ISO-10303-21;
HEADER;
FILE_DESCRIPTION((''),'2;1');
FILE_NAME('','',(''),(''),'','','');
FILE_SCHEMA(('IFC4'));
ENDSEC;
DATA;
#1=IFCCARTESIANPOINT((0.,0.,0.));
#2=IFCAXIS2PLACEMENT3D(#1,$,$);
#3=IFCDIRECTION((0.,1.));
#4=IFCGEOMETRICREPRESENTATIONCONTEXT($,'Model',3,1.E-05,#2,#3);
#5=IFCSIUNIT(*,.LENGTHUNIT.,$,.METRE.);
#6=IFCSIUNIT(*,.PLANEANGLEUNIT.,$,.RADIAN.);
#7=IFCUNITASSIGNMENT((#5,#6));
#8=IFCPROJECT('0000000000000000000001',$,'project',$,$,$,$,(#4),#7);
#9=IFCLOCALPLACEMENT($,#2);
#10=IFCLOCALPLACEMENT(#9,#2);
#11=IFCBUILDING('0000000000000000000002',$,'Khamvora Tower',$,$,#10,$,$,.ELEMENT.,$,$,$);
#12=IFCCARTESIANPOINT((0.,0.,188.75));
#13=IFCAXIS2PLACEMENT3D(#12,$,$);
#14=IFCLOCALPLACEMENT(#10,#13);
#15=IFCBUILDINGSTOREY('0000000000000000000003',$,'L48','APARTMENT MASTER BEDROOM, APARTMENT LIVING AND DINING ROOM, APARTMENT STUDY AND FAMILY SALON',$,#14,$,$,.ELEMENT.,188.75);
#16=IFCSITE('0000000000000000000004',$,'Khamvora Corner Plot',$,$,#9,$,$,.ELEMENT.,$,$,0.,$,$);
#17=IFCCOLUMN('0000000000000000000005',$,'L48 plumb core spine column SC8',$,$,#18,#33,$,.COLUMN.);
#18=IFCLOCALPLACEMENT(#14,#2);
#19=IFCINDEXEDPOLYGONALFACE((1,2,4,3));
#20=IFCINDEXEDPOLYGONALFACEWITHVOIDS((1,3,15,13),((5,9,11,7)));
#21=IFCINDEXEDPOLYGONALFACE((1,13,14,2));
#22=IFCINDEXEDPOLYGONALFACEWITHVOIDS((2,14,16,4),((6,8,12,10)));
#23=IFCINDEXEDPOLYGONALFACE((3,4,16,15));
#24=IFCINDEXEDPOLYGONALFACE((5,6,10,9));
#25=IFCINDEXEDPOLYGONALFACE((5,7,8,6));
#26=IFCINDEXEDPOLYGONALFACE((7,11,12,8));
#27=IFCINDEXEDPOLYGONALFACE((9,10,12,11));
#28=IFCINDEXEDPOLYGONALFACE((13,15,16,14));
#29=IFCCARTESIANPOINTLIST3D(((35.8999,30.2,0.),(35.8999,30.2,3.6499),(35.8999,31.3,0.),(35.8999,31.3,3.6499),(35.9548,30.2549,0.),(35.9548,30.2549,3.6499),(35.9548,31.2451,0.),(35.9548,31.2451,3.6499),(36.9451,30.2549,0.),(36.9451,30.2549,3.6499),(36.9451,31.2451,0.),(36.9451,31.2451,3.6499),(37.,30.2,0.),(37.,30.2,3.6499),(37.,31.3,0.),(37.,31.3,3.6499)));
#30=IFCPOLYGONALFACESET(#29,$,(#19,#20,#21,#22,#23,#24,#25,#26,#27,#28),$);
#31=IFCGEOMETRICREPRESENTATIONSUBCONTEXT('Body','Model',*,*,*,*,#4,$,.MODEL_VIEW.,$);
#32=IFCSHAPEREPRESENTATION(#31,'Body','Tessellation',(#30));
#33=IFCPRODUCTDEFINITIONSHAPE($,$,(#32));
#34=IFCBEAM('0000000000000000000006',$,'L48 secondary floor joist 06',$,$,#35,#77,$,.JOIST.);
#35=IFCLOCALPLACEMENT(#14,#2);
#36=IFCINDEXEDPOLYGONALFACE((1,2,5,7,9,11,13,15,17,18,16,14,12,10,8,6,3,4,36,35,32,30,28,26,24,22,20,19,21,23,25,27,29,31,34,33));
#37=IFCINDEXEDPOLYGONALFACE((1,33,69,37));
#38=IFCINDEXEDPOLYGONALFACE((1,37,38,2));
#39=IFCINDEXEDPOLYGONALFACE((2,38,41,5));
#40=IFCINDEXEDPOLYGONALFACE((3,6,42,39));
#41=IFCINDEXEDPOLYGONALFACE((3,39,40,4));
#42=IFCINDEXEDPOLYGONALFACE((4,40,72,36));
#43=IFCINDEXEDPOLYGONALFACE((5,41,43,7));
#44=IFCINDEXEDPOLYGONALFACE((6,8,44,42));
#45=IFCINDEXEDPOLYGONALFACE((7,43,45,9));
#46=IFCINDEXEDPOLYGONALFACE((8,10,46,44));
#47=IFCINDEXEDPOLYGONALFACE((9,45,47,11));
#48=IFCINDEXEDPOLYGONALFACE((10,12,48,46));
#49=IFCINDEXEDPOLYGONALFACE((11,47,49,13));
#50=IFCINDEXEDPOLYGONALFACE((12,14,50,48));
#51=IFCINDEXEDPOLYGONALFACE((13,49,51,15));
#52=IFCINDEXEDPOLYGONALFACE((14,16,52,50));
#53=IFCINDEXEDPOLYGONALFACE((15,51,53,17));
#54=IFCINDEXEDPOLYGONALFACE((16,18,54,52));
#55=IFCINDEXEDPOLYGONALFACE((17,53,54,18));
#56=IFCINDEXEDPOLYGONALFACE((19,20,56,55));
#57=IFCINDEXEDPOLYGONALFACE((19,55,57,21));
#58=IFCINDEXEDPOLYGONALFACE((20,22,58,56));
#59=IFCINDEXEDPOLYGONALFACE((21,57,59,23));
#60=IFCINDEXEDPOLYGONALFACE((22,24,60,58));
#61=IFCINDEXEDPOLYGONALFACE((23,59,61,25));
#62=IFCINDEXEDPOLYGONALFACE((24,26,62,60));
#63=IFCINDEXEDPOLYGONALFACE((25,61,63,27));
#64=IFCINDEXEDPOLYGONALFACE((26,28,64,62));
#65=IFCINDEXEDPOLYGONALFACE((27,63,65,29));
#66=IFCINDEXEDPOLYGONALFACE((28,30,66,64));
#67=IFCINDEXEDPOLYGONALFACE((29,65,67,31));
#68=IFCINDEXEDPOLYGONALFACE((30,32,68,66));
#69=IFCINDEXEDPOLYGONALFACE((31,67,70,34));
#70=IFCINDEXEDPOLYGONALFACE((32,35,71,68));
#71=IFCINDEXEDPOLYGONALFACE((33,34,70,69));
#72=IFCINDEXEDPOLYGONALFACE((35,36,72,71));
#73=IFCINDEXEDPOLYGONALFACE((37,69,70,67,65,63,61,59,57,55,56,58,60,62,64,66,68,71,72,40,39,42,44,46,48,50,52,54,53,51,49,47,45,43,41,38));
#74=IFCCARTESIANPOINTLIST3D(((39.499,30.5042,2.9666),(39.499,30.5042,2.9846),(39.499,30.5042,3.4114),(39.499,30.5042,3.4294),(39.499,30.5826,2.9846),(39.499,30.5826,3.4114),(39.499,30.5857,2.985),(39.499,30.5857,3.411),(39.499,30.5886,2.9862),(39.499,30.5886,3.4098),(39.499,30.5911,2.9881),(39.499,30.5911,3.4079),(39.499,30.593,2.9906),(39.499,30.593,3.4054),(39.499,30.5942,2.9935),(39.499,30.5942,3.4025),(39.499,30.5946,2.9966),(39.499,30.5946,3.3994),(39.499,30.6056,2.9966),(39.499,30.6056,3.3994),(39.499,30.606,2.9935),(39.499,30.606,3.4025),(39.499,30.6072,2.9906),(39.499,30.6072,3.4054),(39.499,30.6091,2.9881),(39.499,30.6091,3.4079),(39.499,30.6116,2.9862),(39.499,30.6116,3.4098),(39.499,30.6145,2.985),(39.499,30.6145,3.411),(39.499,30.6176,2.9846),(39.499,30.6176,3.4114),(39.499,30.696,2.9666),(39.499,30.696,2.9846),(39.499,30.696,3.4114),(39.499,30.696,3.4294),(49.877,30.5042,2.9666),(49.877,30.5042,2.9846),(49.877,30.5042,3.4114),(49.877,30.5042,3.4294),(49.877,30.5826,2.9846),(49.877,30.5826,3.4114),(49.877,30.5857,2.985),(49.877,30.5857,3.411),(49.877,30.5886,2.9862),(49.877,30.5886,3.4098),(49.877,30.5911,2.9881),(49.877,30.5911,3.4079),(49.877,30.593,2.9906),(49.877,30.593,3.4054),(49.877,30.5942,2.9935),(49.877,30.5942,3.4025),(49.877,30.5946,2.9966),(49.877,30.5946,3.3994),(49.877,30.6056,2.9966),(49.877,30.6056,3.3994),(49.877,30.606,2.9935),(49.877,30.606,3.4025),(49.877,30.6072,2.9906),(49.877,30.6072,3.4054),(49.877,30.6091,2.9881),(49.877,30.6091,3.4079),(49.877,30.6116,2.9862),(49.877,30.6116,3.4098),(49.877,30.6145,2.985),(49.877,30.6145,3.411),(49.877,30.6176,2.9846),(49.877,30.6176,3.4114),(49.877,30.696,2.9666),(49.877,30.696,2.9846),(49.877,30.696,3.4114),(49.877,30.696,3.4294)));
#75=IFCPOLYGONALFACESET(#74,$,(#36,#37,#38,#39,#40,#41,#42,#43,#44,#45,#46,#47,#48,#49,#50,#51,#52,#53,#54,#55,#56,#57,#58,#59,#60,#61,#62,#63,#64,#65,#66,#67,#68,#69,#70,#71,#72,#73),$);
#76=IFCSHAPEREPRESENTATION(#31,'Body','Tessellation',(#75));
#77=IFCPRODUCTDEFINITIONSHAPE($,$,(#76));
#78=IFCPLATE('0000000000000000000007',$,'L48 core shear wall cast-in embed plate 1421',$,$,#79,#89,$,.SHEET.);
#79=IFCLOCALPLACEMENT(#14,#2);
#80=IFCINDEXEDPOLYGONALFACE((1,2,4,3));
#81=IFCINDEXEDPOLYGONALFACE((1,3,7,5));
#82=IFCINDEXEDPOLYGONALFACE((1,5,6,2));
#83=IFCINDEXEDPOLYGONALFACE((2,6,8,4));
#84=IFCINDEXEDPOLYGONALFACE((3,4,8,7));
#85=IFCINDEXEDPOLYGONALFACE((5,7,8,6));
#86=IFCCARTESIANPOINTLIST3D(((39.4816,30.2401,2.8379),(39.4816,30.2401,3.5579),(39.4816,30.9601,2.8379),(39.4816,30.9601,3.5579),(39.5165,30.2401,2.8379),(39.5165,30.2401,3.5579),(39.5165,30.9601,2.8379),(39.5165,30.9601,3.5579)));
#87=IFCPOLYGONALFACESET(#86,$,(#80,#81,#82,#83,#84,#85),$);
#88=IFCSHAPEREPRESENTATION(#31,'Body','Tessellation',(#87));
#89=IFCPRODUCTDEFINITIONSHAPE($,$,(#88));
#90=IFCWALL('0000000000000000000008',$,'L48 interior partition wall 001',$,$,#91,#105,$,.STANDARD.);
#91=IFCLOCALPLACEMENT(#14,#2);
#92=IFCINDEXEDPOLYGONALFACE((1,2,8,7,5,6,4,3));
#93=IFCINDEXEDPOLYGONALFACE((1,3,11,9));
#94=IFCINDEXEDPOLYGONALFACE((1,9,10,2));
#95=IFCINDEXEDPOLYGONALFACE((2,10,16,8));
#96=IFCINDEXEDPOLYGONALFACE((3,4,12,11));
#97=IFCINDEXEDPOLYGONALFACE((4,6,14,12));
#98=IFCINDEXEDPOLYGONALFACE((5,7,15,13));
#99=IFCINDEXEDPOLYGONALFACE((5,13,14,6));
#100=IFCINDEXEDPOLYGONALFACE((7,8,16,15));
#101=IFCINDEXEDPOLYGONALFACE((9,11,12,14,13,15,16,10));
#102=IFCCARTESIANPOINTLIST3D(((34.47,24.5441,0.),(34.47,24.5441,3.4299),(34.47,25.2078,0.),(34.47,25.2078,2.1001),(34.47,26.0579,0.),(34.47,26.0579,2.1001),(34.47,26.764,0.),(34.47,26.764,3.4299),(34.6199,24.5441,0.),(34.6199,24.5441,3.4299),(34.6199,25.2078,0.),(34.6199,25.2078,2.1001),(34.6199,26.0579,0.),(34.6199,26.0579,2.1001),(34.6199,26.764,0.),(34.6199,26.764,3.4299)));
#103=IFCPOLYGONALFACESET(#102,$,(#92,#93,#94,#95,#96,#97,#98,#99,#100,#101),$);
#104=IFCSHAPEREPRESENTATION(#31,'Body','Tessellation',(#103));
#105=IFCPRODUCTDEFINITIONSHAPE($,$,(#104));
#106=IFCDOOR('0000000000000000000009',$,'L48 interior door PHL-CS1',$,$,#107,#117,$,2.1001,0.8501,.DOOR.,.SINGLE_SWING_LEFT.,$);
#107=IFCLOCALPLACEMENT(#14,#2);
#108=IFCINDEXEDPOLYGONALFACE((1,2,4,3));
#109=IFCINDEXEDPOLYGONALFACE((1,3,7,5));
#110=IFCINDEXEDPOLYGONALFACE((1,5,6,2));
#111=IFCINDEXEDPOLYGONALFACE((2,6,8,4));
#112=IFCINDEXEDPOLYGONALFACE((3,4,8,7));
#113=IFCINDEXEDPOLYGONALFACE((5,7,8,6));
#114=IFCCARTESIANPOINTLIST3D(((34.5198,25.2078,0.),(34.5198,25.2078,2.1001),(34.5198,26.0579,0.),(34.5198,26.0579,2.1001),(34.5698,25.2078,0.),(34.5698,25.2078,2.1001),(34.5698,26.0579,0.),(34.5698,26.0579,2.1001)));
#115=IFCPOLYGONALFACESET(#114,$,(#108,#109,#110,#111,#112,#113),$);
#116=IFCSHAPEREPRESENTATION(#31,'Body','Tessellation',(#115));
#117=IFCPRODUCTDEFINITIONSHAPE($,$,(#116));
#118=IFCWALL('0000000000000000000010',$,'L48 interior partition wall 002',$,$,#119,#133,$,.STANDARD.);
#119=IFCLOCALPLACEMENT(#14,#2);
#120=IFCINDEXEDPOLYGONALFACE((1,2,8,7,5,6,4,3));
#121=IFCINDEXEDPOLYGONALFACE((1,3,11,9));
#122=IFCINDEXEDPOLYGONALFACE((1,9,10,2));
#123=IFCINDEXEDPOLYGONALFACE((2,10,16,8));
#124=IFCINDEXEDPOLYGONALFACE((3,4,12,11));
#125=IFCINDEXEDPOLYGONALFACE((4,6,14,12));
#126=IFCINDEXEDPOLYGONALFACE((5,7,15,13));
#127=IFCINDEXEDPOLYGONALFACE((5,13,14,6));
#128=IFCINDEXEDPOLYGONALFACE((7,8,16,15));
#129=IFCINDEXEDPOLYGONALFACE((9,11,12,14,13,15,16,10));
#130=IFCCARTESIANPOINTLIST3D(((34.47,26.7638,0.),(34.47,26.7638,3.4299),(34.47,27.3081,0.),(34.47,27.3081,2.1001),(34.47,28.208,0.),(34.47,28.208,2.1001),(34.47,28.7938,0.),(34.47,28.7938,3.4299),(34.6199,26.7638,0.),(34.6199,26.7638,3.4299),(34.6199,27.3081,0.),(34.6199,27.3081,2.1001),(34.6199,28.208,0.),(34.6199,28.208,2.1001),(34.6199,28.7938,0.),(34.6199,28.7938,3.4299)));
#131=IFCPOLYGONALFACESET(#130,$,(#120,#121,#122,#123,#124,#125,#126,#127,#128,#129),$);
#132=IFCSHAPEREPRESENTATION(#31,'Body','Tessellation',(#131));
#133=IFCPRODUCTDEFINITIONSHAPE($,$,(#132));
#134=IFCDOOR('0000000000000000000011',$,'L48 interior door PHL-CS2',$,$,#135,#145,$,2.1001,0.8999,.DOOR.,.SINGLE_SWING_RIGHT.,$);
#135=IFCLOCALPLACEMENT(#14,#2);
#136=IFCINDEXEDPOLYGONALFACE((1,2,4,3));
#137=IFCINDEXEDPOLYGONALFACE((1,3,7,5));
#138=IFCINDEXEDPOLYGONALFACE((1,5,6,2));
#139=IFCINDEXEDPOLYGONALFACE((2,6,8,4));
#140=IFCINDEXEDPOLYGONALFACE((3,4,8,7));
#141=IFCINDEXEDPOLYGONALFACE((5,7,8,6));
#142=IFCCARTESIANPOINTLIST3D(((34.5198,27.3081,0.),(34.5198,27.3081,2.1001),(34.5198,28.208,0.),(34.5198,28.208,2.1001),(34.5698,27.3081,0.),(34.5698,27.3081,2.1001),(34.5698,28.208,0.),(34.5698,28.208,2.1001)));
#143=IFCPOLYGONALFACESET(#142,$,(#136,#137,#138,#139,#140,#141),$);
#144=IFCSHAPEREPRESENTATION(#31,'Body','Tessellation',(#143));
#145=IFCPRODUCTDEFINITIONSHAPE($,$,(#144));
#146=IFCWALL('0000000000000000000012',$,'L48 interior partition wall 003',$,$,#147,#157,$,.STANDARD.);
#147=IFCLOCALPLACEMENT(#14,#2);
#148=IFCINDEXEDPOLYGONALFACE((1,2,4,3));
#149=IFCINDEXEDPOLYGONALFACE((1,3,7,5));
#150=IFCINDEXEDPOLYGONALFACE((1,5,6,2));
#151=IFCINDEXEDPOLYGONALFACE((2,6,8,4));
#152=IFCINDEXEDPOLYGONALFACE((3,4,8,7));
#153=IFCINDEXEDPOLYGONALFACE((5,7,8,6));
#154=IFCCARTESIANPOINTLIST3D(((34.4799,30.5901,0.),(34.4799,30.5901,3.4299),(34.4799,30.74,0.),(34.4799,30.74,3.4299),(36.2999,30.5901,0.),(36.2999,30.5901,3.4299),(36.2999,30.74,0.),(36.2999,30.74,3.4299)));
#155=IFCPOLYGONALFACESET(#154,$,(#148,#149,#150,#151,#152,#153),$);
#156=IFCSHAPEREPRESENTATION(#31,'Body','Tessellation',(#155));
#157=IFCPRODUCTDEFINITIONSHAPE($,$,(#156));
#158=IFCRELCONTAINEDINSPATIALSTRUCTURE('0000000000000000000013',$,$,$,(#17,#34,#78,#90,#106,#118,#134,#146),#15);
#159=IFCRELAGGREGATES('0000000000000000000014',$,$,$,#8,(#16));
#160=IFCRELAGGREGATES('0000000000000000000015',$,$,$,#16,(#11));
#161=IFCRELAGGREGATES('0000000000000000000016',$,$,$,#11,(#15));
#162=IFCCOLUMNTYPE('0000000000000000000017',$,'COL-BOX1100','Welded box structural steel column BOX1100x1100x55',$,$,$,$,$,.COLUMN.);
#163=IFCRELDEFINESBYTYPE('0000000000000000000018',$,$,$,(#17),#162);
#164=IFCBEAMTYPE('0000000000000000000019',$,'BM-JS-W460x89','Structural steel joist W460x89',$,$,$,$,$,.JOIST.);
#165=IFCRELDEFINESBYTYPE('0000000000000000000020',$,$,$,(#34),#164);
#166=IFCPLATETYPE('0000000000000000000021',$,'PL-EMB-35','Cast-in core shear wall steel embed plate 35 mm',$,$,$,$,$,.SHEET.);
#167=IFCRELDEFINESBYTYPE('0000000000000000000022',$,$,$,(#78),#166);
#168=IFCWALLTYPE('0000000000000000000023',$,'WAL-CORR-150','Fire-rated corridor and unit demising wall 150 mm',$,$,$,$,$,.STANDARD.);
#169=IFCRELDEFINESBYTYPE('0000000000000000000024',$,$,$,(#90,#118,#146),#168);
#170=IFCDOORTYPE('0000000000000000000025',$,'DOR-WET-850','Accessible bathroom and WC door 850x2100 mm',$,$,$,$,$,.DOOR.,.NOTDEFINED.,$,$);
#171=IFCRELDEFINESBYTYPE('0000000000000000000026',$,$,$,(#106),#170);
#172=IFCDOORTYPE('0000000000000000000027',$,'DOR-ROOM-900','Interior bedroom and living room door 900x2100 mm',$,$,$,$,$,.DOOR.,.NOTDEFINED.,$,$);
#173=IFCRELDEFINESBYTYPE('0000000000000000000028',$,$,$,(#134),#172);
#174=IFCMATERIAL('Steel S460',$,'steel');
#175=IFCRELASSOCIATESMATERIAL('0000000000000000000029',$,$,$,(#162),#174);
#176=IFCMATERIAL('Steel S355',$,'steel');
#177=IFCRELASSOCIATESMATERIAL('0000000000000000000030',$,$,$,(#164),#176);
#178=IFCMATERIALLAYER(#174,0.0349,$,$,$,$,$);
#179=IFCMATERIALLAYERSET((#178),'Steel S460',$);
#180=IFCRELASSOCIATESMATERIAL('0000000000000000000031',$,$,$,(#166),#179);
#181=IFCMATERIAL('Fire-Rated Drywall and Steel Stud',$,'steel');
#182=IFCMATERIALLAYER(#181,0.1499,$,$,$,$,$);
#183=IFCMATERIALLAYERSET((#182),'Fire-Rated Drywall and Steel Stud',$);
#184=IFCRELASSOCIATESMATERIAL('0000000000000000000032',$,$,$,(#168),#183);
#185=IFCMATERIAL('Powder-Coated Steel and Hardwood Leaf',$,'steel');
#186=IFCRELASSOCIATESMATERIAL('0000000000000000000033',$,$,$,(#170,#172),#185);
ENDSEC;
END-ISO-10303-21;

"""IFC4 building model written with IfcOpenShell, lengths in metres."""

from ifc_helpers import new_model, si_unit, direction, frame, frame_2d, origin, origin_2d, place, context, subcontext, project, spatial, rectangle, hollow_rectangle, i_section, extrude, material, layer, layer_set, material_profile, profile_set, type_object, element, fill, save


model = new_model("IFC4")

# Units and contexts
model_context = context("Model", 3, precision=1e-05, world=origin(), true_north=direction((0.0, 1.0)))
body_context = subcontext(model_context, "Body", "Model", "MODEL_VIEW")
ifc_project = project(units=[si_unit("LENGTHUNIT", "METRE"), si_unit("PLANEANGLEUNIT", "RADIAN")], contexts=[model_context])

# Site, building, storey
site_placement = place(None, origin())
site = spatial("IfcSite", under=ifc_project, at=site_placement, Name="Khamvora Corner Plot", CompositionType="ELEMENT", RefElevation=0.0)
building_placement = place(site_placement, origin())
building = spatial("IfcBuilding", under=site, at=building_placement, Name="Khamvora Tower", CompositionType="ELEMENT")
storey_placement = place(building_placement, frame((0.0, 0.0, 188.75)))
storey = spatial("IfcBuildingStorey", under=building, at=storey_placement, Name="L48", Description="APARTMENT MASTER BEDROOM, APARTMENT LIVING AND DINING ROOM, APARTMENT STUDY AND FAMILY SALON", CompositionType="ELEMENT", Elevation=188.75)

# Column
ifc_material_1 = material(Name="Steel S460", Category="steel")
ifc_material_profile_1 = material_profile(ifc_material_1, hollow_rectangle(XDim=1.1001, YDim=1.1001, WallThickness=0.0549, at=origin_2d()), Name="BOX1100x1100x55")
ifc_profile_set_1 = profile_set([ifc_material_profile_1], Name="Steel S460")
column_type = type_object("IfcColumnType", Name="COL-BOX1100", Description="Welded box structural steel column BOX1100x1100x55", PredefinedType="COLUMN", material=ifc_profile_set_1)
column_placement = place(storey_placement, frame((36.45, 30.75, 0.0), z_axis=(0.0, 0.0, 1.0), x_axis=(1.0, 0.0, 0.0)))
element("IfcColumn", 1, at=column_placement, inside=storey, type_object=column_type, Name="L48 plumb core spine column SC8", PredefinedType="COLUMN", context=body_context, shape_type="SweptSolid", body=[
    extrude(hollow_rectangle(XDim=1.1001, YDim=1.1001, WallThickness=0.0549, at=origin_2d()), origin(), (0.0, 0.0, 1.0), 3.6499),
])

# Beam
ifc_material_2 = material(Name="Steel S355", Category="steel")
ifc_material_profile_2 = material_profile(ifc_material_2, i_section(OverallWidth=0.1919, OverallDepth=0.4629, WebThickness=0.011, FlangeThickness=0.0181, FilletRadius=0.012, at=origin_2d()), Name="W460x89")
ifc_profile_set_2 = profile_set([ifc_material_profile_2], Name="Steel S355")
beam_type = type_object("IfcBeamType", Name="BM-JS-W460x89", Description="Structural steel joist W460x89", PredefinedType="JOIST", material=ifc_profile_set_2)
beam_placement = place(storey_placement, frame((39.499, 30.6001, 3.198), z_axis=(1.0, 0.0, 0.0), x_axis=(0.0, 1.0, 0.0)))
element("IfcBeam", 2, at=beam_placement, inside=storey, type_object=beam_type, Name="L48 secondary floor joist 06", PredefinedType="JOIST", context=body_context, shape_type="SweptSolid", body=[
    extrude(i_section(OverallWidth=0.1919, OverallDepth=0.4629, WebThickness=0.011, FlangeThickness=0.0181, FilletRadius=0.012, at=origin_2d()), origin(), (0.0, 0.0, 1.0), 10.3779),
])

# Plate
ifc_layer_1 = layer(ifc_material_1, 0.0349)
ifc_layer_set_1 = layer_set([ifc_layer_1], Name="Steel S460")
plate_type = type_object("IfcPlateType", Name="PL-EMB-35", Description="Cast-in core shear wall steel embed plate 35 mm", PredefinedType="SHEET", material=ifc_layer_set_1)
plate_placement = place(storey_placement, frame((39.499, 30.6001, 2.8379), z_axis=(0.0, 0.0, 1.0), x_axis=(1.0, 0.0, 0.0)))
element("IfcPlate", 3, at=plate_placement, inside=storey, type_object=plate_type, Name="L48 core shear wall cast-in embed plate 1421", PredefinedType="SHEET", context=body_context, shape_type="SweptSolid", body=[
    extrude(rectangle(XDim=0.0349, YDim=0.72, at=origin_2d()), origin(), (0.0, 0.0, 1.0), 0.72),
])

# Shared definitions
ifc_material_3 = material(Name="Powder-Coated Steel and Hardwood Leaf", Category="steel")

# Walls, openings, doors
ifc_material_4 = material(Name="Fire-Rated Drywall and Steel Stud", Category="steel")
ifc_layer_2 = layer(ifc_material_4, 0.1499)
ifc_layer_set_2 = layer_set([ifc_layer_2], Name="Fire-Rated Drywall and Steel Stud")
wall_type_1 = type_object("IfcWallType", Name="WAL-CORR-150", Description="Fire-rated corridor and unit demising wall 150 mm", PredefinedType="STANDARD", material=ifc_layer_set_2)
wall_1_placement = place(storey_placement, frame((34.5449, 26.7639, 0.0), z_axis=(0.0, 0.0, 1.0), x_axis=(0.0, -1.0, 0.0)))
wall_1 = element("IfcWall", 4, at=wall_1_placement, inside=storey, type_object=wall_type_1, Name="L48 interior partition wall 001", PredefinedType="STANDARD", context=body_context, shape_type="SweptSolid", body=[
    extrude(rectangle(XDim=2.22, YDim=0.1499, at=frame_2d((1.1099, 0.0))), origin(), (0.0, 0.0, 1.0), 3.4299),
])
opening_1_placement = place(wall_1_placement, frame((0.7061, 0.0, 0.0)))
opening_1 = element("IfcOpeningElement", 5, at=opening_1_placement, cuts=wall_1, PredefinedType="OPENING", context=body_context, shape_type="SweptSolid", body=[
    extrude(rectangle(XDim=0.8501, YDim=2.1001, at=frame_2d((0.425, 1.05))), frame((0.0, 0.085, 0.0), z_axis=(0.0, -1.0, 0.0), x_axis=(1.0, 0.0, 0.0)), (0.0, 0.0, 1.0), 0.1699),
])
door_type_1 = type_object("IfcDoorType", Name="DOR-WET-850", Description="Accessible bathroom and WC door 850x2100 mm", OperationType="NOTDEFINED", PredefinedType="DOOR", material=ifc_material_3)
door_1_placement = place(opening_1_placement, origin())
door_1 = element("IfcDoor", 6, at=door_1_placement, inside=storey, type_object=door_type_1, Name="L48 interior door PHL-CS1", OperationType="SINGLE_SWING_LEFT", OverallHeight=2.1001, OverallWidth=0.8501, PredefinedType="DOOR", context=body_context, shape_type="SweptSolid", body=[
    extrude(rectangle(XDim=0.8501, YDim=2.1001, at=frame_2d((0.425, 1.05))), frame((0.0, 0.0249, 0.0), z_axis=(0.0, -1.0, 0.0), x_axis=(1.0, 0.0, 0.0)), (0.0, 0.0, 1.0), 0.05),
])
fill(opening_1, door_1)
wall_2_placement = place(storey_placement, frame((34.5449, 28.7939, 0.0), z_axis=(0.0, 0.0, 1.0), x_axis=(0.0, -1.0, 0.0)))
wall_2 = element("IfcWall", 7, at=wall_2_placement, inside=storey, type_object=wall_type_1, Name="L48 interior partition wall 002", PredefinedType="STANDARD", context=body_context, shape_type="SweptSolid", body=[
    extrude(rectangle(XDim=2.03, YDim=0.1499, at=frame_2d((1.0151, 0.0))), origin(), (0.0, 0.0, 1.0), 3.4299),
])
opening_2_placement = place(wall_2_placement, frame((0.5859, 0.0, 0.0)))
opening_2 = element("IfcOpeningElement", 8, at=opening_2_placement, cuts=wall_2, PredefinedType="OPENING", context=body_context, shape_type="SweptSolid", body=[
    extrude(rectangle(XDim=0.8999, YDim=2.1001, at=frame_2d((0.45, 1.05))), frame((0.0, 0.085, 0.0), z_axis=(0.0, -1.0, 0.0), x_axis=(1.0, 0.0, 0.0)), (0.0, 0.0, 1.0), 0.1699),
])
door_type_2 = type_object("IfcDoorType", Name="DOR-ROOM-900", Description="Interior bedroom and living room door 900x2100 mm", OperationType="NOTDEFINED", PredefinedType="DOOR", material=ifc_material_3)
door_2_placement = place(opening_2_placement, origin())
door_2 = element("IfcDoor", 9, at=door_2_placement, inside=storey, type_object=door_type_2, Name="L48 interior door PHL-CS2", OperationType="SINGLE_SWING_RIGHT", OverallHeight=2.1001, OverallWidth=0.8999, PredefinedType="DOOR", context=body_context, shape_type="SweptSolid", body=[
    extrude(rectangle(XDim=0.8999, YDim=2.1001, at=frame_2d((0.45, 1.05))), frame((0.0, 0.0249, 0.0), z_axis=(0.0, -1.0, 0.0), x_axis=(1.0, 0.0, 0.0)), (0.0, 0.0, 1.0), 0.05),
])
fill(opening_2, door_2)

# Wall
wall_3_placement = place(storey_placement, frame((36.3, 30.665, 0.0), z_axis=(0.0, 0.0, 1.0), x_axis=(-1.0, 0.0, 0.0)))
element("IfcWall", 10, at=wall_3_placement, inside=storey, type_object=wall_type_1, Name="L48 interior partition wall 003", PredefinedType="STANDARD", context=body_context, shape_type="SweptSolid", body=[
    extrude(rectangle(XDim=1.8201, YDim=0.1499, at=frame_2d((0.9102, 0.0))), origin(), (0.0, 0.0, 1.0), 3.4299),
])

save(model, "model.ifc")
